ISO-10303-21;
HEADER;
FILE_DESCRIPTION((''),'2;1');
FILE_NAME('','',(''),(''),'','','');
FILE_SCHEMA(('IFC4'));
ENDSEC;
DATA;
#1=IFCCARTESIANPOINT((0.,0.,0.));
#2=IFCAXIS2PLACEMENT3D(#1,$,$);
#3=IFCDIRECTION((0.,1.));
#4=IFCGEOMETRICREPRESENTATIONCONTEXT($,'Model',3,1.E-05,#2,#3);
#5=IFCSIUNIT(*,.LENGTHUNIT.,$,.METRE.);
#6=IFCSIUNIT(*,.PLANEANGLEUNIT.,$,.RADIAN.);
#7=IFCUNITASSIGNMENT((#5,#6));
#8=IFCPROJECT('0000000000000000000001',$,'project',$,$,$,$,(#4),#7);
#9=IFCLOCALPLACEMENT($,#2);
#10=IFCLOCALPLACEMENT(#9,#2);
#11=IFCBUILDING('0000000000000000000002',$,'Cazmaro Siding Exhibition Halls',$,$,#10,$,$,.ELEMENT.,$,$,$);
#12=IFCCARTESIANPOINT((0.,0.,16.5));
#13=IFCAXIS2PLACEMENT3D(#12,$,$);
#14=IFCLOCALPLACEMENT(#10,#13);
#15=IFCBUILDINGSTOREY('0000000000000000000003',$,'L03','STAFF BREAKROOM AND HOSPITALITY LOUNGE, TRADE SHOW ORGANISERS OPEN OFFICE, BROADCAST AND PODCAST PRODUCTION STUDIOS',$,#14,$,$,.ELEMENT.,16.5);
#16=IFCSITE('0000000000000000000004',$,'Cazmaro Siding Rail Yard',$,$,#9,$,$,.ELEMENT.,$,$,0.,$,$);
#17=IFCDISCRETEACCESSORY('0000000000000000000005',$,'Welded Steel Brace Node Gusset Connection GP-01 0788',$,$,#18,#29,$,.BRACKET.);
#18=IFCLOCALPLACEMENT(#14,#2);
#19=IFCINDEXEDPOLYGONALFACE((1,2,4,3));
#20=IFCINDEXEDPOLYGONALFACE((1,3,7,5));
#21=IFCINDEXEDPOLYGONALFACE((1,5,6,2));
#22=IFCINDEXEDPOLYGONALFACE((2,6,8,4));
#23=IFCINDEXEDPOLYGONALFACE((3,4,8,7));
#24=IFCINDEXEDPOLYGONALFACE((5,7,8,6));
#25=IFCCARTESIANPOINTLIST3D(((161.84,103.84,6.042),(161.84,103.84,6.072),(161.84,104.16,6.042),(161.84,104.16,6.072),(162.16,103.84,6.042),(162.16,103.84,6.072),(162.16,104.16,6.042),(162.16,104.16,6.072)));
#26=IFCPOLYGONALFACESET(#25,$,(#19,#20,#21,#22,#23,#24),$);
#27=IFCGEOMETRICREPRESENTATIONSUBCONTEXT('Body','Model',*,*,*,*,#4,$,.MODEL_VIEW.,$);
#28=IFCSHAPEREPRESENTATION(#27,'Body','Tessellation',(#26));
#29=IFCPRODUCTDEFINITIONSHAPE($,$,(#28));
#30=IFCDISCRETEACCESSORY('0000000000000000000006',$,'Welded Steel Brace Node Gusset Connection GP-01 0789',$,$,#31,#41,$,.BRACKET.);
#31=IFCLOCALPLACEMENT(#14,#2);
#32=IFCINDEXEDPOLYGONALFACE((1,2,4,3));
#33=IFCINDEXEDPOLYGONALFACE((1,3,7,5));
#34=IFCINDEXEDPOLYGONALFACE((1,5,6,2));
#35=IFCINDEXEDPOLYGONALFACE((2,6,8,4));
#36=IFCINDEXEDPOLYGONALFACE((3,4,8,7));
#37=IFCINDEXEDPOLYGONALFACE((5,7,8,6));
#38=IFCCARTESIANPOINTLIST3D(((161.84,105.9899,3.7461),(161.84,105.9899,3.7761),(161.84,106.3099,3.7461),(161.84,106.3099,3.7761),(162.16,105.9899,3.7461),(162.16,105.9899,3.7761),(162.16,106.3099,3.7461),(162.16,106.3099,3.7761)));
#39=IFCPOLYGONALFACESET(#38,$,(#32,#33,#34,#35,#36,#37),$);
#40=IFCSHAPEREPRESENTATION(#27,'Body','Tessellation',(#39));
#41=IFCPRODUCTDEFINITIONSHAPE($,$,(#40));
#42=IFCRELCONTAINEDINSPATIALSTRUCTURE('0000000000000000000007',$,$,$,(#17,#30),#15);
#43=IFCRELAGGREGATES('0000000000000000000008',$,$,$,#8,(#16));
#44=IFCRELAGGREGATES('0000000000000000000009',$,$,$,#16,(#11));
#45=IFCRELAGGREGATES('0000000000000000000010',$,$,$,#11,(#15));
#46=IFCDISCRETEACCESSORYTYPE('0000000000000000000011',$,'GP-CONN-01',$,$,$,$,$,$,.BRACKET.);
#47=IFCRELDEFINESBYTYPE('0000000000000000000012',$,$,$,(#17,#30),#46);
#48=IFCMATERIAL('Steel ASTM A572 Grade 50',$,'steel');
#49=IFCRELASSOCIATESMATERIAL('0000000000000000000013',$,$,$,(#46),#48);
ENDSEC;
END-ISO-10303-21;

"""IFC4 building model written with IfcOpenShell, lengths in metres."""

from ifc_helpers import new_model, si_unit, direction, frame, origin, origin_2d, place, context, subcontext, project, spatial, rectangle, extrude, material, type_object, element, save


model = new_model("IFC4")

# Units and contexts
model_context = context("Model", 3, precision=1e-05, world=origin(), true_north=direction((0.0, 1.0)))
body_context = subcontext(model_context, "Body", "Model", "MODEL_VIEW")
ifc_project = project(units=[si_unit("LENGTHUNIT", "METRE"), si_unit("PLANEANGLEUNIT", "RADIAN")], contexts=[model_context])

# Site, building, storey
site_placement = place(None, origin())
site = spatial("IfcSite", under=ifc_project, at=site_placement, Name="Cazmaro Siding Rail Yard", CompositionType="ELEMENT", RefElevation=0.0)
building_placement = place(site_placement, origin())
building = spatial("IfcBuilding", under=site, at=building_placement, Name="Cazmaro Siding Exhibition Halls", CompositionType="ELEMENT")
storey_placement = place(building_placement, frame((0.0, 0.0, 16.5)))
storey = spatial("IfcBuildingStorey", under=building, at=storey_placement, Name="L03", Description="STAFF BREAKROOM AND HOSPITALITY LOUNGE, TRADE SHOW ORGANISERS OPEN OFFICE, BROADCAST AND PODCAST PRODUCTION STUDIOS", CompositionType="ELEMENT", Elevation=16.5)

# Discrete accessories
ifc_material_1 = material(Name="Steel ASTM A572 Grade 50", Category="steel")
discrete_accessory_type = type_object("IfcDiscreteAccessoryType", Name="GP-CONN-01", PredefinedType="BRACKET", material=ifc_material_1)
for number, where, z_axis, x_axis, name in (
    (1, (162.0, 104.0, 6.042), (0.0, 0.0, 1.0), (1.0, 0.0, 0.0), "Welded Steel Brace Node Gusset Connection GP-01 0788"),
    (2, (162.0, 106.1499, 3.7461), (0.0, 0.0, 1.0), (1.0, 0.0, 0.0), "Welded Steel Brace Node Gusset Connection GP-01 0789"),
):
    element("IfcDiscreteAccessory", number, at=place(storey_placement, frame(where, z_axis=z_axis, x_axis=x_axis)), inside=storey, type_object=discrete_accessory_type, Name=name, PredefinedType="BRACKET", context=body_context, shape_type="SweptSolid", body=[
        extrude(rectangle(XDim=0.3201, YDim=0.3201, at=origin_2d()), origin(), (0.0, 0.0, 1.0), 0.03),
    ])

save(model, "model.ifc")
